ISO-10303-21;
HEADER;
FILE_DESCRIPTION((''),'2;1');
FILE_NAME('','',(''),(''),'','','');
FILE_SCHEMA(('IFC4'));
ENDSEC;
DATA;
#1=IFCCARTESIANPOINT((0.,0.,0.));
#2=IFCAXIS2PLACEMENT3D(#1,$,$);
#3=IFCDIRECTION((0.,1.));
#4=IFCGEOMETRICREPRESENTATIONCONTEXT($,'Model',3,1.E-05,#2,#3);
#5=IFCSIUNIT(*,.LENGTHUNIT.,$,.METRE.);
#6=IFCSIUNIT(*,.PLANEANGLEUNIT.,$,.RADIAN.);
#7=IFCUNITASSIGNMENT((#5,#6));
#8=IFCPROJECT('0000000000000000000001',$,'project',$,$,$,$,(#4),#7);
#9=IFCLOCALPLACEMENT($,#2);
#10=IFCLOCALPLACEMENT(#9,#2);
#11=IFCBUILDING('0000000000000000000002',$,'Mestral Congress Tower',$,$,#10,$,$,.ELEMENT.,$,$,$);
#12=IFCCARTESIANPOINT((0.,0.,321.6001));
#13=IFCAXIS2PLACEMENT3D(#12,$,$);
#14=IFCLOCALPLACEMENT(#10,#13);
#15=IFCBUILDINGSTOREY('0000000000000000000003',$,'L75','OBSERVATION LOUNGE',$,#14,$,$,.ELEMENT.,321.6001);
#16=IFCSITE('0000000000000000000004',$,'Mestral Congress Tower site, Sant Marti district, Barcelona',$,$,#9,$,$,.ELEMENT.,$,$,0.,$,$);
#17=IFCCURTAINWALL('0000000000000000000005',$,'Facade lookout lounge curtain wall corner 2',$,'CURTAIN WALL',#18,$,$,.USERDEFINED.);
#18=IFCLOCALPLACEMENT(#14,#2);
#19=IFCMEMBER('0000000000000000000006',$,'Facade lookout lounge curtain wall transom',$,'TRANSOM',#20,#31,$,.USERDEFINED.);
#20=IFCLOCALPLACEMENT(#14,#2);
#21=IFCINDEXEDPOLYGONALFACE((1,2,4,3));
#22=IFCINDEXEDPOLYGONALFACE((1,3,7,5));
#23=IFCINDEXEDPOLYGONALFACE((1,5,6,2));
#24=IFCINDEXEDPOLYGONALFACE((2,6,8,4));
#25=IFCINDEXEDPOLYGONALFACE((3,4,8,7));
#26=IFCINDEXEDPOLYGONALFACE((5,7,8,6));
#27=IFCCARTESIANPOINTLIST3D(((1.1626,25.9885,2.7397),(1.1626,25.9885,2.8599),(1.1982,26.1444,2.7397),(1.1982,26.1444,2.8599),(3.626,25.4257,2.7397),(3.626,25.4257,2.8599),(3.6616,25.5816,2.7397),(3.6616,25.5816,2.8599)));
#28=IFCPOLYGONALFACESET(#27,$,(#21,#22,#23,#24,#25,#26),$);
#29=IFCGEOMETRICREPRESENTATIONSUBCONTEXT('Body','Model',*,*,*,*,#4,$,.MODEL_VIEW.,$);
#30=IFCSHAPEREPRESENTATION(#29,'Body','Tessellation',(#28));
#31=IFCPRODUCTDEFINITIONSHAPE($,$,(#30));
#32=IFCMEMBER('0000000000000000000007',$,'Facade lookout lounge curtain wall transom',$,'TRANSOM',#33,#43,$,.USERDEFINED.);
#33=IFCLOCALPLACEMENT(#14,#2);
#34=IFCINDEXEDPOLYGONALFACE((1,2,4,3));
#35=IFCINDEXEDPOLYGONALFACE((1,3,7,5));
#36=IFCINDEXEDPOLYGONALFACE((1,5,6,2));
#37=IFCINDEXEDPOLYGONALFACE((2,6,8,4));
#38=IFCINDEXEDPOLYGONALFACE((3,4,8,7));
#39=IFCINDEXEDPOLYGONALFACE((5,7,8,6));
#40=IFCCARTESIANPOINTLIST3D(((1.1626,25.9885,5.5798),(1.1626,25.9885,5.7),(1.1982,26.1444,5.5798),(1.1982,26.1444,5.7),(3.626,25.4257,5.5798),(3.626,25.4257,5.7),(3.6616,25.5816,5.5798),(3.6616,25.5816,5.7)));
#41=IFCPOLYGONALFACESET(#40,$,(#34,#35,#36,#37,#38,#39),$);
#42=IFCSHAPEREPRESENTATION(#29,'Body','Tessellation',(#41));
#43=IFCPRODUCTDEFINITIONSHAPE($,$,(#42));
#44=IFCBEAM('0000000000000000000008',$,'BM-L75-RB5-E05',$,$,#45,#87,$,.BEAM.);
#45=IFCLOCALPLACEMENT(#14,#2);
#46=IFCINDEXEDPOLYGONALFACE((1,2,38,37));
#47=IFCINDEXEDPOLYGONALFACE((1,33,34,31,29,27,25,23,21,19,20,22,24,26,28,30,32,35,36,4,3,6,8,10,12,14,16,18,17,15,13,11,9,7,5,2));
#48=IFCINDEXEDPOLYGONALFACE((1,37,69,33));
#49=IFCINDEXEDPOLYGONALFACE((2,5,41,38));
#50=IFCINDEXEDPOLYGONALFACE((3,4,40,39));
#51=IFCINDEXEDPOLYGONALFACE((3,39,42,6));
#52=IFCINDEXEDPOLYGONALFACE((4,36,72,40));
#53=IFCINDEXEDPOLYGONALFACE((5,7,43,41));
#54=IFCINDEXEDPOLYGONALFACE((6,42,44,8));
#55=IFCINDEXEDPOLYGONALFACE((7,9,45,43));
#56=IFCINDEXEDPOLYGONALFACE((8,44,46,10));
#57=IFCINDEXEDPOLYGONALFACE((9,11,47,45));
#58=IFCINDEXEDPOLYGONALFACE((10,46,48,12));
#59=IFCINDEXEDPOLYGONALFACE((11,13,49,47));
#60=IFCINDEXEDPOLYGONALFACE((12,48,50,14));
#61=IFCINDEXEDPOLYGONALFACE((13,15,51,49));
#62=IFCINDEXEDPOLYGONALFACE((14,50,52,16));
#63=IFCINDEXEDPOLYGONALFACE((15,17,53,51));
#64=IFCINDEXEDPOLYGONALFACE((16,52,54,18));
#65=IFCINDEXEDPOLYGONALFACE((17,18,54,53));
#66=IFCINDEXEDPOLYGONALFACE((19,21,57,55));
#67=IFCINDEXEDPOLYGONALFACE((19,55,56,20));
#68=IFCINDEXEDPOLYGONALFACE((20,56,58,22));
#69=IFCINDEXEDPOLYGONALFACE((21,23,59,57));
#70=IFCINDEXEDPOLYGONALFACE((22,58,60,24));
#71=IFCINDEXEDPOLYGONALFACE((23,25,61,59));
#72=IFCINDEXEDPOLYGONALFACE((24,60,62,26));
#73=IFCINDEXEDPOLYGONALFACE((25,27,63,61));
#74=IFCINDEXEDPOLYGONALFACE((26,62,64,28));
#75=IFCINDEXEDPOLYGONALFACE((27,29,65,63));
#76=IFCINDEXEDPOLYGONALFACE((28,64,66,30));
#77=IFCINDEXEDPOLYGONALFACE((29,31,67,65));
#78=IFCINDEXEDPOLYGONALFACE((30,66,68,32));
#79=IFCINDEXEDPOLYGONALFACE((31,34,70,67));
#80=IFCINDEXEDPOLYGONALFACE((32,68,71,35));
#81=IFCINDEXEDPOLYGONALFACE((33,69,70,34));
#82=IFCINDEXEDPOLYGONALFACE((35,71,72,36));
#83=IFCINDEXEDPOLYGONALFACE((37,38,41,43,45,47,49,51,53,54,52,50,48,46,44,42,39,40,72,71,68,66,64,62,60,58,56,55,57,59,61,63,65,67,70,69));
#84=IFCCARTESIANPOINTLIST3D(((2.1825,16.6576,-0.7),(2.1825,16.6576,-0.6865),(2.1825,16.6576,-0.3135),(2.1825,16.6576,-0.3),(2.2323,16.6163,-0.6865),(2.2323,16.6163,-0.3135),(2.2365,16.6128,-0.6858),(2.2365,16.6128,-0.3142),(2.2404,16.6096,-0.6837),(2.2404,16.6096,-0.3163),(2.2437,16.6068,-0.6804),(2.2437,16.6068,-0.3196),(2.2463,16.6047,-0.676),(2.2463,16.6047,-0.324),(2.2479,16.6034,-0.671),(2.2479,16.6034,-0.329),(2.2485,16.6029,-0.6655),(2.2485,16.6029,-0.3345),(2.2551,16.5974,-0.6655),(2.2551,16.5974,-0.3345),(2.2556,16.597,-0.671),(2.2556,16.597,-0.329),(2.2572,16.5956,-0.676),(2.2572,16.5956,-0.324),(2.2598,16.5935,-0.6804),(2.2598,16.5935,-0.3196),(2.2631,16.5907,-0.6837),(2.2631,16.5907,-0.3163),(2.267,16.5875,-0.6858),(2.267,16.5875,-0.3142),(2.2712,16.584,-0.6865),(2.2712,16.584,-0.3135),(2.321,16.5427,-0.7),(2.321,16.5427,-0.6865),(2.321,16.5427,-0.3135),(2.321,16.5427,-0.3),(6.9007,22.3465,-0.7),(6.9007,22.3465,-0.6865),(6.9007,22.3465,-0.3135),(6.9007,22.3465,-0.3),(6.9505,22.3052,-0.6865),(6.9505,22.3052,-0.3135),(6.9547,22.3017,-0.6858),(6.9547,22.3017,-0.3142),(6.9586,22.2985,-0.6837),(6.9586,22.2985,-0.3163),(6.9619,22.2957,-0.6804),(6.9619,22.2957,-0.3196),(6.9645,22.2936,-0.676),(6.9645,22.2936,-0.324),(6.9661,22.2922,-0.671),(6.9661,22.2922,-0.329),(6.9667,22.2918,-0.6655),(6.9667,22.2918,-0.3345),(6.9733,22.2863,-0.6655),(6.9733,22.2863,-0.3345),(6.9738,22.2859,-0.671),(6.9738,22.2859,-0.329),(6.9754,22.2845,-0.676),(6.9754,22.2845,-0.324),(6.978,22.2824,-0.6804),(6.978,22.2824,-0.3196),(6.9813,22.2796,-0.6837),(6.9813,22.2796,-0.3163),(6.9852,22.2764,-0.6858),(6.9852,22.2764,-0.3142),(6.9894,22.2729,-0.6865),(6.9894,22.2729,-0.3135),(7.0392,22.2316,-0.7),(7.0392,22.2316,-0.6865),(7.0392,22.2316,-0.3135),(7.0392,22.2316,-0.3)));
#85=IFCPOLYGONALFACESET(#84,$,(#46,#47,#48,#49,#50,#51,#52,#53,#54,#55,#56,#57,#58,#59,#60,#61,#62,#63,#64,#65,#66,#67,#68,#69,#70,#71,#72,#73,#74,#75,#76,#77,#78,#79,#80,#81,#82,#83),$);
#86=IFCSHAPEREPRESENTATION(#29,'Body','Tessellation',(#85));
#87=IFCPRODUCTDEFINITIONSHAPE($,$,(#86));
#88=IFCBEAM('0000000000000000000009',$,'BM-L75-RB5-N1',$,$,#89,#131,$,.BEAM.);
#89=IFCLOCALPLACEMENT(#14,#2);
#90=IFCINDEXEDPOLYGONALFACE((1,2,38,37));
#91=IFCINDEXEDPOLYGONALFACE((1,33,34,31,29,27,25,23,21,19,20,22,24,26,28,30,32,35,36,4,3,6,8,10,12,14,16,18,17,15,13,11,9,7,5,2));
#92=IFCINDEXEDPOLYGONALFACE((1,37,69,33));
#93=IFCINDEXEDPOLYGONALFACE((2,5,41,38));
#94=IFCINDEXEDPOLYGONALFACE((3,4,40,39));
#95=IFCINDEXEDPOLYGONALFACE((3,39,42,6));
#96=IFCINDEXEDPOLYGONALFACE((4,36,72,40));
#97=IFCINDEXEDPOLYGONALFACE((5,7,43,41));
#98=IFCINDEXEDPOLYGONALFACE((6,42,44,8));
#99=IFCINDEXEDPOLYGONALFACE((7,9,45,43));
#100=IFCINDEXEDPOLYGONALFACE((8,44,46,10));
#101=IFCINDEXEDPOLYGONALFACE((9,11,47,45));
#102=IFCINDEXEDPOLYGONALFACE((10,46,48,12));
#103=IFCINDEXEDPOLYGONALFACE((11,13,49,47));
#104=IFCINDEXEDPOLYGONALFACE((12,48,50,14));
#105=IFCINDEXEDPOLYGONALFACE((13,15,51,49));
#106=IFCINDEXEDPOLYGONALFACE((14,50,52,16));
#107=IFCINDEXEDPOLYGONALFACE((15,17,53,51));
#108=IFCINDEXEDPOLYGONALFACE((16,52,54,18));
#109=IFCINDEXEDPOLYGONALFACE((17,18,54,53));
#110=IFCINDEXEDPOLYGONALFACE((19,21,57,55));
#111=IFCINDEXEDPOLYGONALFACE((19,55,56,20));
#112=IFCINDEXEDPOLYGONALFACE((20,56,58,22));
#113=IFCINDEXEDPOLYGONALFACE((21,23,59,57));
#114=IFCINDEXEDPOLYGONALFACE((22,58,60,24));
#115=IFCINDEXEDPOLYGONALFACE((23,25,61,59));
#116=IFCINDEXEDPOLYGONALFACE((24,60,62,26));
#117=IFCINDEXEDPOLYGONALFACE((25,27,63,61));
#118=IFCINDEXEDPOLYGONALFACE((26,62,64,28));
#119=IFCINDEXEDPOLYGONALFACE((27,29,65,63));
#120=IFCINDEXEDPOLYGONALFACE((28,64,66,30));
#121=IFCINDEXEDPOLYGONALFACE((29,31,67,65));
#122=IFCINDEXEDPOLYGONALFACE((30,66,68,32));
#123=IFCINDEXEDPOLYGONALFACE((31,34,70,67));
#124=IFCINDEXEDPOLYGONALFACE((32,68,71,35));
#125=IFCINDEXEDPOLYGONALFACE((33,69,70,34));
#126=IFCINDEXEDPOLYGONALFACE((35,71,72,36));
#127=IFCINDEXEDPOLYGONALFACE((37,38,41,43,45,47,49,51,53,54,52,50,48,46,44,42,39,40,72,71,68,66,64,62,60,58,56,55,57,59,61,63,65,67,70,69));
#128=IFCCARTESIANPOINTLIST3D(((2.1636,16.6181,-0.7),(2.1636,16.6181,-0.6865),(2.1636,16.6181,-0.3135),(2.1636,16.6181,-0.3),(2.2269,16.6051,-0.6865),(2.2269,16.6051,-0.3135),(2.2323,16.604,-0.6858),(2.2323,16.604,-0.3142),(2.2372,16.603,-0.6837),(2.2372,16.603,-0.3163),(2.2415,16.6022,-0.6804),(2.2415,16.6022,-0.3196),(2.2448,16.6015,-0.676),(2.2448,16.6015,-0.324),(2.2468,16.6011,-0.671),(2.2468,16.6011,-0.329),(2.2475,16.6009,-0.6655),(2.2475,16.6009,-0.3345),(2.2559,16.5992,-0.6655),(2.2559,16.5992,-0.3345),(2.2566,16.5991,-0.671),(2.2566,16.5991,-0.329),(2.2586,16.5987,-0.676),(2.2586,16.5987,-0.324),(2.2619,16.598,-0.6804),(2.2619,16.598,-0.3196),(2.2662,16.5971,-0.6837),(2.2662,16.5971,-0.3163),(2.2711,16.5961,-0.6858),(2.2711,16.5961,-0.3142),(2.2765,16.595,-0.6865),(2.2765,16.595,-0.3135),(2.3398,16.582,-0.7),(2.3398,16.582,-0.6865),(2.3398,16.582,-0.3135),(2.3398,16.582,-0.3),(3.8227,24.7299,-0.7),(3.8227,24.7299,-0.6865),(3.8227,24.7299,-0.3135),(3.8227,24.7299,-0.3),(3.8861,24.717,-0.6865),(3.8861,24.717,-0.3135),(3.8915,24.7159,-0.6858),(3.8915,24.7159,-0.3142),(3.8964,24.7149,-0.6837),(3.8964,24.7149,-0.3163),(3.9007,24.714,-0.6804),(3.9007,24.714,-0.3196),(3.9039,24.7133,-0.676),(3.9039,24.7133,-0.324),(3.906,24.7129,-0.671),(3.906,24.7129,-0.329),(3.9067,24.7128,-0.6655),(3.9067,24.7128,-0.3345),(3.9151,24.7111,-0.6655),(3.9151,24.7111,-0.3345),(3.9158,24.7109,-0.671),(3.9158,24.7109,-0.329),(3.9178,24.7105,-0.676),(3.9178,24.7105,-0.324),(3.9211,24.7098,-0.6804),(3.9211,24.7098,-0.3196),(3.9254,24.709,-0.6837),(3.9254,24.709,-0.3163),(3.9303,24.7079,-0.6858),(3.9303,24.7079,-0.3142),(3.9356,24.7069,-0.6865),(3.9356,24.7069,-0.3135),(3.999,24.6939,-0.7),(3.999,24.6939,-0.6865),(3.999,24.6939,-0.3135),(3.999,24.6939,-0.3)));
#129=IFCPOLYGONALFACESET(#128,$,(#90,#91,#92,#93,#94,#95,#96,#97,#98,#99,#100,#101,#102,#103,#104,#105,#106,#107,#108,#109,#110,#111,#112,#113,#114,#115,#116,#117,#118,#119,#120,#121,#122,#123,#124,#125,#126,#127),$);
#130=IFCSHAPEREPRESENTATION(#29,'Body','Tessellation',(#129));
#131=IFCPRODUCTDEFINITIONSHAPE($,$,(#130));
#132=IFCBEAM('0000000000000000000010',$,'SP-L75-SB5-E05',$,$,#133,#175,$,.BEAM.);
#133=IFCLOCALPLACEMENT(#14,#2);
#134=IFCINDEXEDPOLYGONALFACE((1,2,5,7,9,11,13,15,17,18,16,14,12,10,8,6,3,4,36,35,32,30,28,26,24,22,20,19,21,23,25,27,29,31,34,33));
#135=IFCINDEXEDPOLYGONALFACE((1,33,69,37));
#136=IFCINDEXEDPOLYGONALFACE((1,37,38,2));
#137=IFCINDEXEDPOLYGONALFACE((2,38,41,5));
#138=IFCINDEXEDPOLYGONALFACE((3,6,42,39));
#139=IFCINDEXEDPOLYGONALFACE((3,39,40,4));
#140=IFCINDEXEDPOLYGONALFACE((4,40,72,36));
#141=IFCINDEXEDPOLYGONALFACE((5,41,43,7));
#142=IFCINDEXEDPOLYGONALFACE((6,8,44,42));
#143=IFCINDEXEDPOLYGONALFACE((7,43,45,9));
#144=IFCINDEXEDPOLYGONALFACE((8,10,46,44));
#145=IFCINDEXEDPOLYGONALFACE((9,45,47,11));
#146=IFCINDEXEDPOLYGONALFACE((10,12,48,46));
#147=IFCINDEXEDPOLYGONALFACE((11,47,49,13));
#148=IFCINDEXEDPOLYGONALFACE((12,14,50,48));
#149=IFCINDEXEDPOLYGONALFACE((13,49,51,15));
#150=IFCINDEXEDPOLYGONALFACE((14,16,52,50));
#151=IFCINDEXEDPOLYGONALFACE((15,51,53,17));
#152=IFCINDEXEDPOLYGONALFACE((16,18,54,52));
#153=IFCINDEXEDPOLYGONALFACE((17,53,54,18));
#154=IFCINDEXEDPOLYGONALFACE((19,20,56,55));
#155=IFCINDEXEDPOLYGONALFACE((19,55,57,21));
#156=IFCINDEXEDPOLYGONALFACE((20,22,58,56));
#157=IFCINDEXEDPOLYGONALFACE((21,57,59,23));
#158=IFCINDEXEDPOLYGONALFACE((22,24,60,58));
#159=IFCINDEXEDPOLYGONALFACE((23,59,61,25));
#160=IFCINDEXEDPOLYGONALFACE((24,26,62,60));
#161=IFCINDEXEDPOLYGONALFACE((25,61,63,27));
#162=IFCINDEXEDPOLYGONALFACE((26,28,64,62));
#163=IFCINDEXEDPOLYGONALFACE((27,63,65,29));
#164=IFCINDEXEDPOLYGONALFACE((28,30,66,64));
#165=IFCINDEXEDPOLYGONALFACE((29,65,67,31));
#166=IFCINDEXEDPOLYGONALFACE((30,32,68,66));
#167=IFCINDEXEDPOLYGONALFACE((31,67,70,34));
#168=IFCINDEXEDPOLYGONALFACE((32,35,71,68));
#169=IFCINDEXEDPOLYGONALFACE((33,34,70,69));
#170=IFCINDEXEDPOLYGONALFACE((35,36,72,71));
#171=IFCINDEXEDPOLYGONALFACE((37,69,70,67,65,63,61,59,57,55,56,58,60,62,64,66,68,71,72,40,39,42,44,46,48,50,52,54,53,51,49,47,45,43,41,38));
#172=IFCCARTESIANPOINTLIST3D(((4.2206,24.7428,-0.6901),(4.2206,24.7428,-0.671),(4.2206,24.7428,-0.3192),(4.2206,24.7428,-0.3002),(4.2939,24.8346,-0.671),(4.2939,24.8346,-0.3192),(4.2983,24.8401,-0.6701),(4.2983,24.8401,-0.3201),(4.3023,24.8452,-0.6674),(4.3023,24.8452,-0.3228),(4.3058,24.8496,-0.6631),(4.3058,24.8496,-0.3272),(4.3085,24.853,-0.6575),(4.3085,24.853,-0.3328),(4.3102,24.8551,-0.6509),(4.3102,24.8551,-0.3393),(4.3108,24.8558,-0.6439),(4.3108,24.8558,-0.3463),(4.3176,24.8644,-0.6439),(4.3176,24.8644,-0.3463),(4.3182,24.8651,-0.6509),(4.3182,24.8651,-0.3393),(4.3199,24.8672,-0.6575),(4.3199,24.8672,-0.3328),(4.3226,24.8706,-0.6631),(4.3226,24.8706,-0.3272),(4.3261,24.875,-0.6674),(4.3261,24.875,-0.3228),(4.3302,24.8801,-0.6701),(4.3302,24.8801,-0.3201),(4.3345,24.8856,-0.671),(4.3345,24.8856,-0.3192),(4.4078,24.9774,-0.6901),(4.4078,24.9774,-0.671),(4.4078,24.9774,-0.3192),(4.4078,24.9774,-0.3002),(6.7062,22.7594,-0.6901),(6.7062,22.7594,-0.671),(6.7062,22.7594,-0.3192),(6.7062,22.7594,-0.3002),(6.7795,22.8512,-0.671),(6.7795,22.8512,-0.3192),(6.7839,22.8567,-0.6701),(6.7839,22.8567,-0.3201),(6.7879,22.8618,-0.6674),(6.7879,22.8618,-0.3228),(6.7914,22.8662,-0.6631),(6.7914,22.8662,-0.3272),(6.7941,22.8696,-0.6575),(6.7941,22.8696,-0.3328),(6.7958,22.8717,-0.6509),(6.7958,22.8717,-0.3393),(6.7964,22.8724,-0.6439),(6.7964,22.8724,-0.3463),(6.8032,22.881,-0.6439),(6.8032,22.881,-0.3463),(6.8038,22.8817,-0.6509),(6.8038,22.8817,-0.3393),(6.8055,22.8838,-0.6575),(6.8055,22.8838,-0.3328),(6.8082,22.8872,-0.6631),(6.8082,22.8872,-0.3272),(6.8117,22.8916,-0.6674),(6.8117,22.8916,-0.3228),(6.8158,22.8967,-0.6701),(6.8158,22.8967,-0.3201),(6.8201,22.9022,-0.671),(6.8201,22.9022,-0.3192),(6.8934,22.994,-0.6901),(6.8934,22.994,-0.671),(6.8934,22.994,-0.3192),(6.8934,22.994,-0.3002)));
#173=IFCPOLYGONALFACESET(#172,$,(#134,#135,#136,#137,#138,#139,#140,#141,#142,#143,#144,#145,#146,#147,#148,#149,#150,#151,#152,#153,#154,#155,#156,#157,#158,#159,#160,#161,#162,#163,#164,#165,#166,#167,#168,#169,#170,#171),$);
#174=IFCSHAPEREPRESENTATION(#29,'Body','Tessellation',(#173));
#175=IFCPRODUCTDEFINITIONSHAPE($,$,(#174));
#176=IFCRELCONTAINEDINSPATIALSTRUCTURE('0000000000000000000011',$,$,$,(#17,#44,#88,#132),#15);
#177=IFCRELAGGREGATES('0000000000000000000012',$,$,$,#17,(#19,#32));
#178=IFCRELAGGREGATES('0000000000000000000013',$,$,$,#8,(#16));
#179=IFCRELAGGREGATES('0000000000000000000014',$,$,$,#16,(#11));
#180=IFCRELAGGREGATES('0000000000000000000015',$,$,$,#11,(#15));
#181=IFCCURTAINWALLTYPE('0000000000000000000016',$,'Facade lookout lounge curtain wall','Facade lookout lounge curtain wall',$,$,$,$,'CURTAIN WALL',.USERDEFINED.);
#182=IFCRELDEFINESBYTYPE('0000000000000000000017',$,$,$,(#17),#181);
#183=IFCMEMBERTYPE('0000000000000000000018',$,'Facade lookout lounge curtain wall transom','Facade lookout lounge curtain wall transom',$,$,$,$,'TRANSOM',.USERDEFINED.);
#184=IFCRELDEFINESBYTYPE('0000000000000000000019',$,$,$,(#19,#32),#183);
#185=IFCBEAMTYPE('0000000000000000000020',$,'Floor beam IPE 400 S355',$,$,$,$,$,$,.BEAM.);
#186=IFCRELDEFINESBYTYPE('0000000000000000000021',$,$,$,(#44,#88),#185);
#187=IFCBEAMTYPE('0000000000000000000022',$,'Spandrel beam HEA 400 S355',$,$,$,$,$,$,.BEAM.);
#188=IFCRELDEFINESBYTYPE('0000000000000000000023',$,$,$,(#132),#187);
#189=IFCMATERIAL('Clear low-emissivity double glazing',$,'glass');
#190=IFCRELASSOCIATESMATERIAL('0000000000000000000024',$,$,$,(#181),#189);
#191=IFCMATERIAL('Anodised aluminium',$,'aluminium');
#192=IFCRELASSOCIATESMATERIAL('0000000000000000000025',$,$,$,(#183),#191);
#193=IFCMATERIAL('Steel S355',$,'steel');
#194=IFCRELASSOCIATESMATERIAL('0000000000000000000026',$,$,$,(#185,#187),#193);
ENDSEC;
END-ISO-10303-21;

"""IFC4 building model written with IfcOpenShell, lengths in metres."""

from ifc_helpers import new_model, si_unit, direction, frame, origin, origin_2d, place, context, subcontext, project, spatial, rectangle, i_section, extrude, material, material_profile, profile_set, type_object, element, aggregate, save


model = new_model("IFC4")

# Units and contexts
model_context = context("Model", 3, precision=1e-05, world=origin(), true_north=direction((0.0, 1.0)))
body_context = subcontext(model_context, "Body", "Model", "MODEL_VIEW")
ifc_project = project(units=[si_unit("LENGTHUNIT", "METRE"), si_unit("PLANEANGLEUNIT", "RADIAN")], contexts=[model_context])

# Site, building, storey
site_placement = place(None, origin())
site = spatial("IfcSite", under=ifc_project, at=site_placement, Name="Mestral Congress Tower site, Sant Marti district, Barcelona", CompositionType="ELEMENT", RefElevation=0.0)
building_placement = place(site_placement, origin())
building = spatial("IfcBuilding", under=site, at=building_placement, Name="Mestral Congress Tower", CompositionType="ELEMENT")
storey_placement = place(building_placement, frame((0.0, 0.0, 321.6001)))
storey = spatial("IfcBuildingStorey", under=building, at=storey_placement, Name="L75", Description="OBSERVATION LOUNGE", CompositionType="ELEMENT", Elevation=321.6001)

# Curtain wall
ifc_material_1 = material(Name="Clear low-emissivity double glazing", Category="glass")
curtain_wall_type = type_object("IfcCurtainWallType", Name="Facade lookout lounge curtain wall", Description="Facade lookout lounge curtain wall", ElementType="CURTAIN WALL", PredefinedType="USERDEFINED", material=ifc_material_1)
placement = place(storey_placement, origin())
ifc_material_2 = material(Name="Anodised aluminium", Category="aluminium")
curtain_wall_1 = element("IfcCurtainWall", 1, at=placement, inside=storey, type_object=curtain_wall_type, Name="Facade lookout lounge curtain wall corner 2", ObjectType="CURTAIN WALL", PredefinedType="USERDEFINED")

# Members
ifc_material_profile_1 = material_profile(ifc_material_2, rectangle(XDim=0.1599, YDim=0.1201, at=origin_2d()), Name="CW2 transom 160 x 120")
ifc_profile_set_1 = profile_set([ifc_material_profile_1], Name="Anodised aluminium")
member_type_1 = type_object("IfcMemberType", Name="Facade lookout lounge curtain wall transom", Description="Facade lookout lounge curtain wall transom", ElementType="TRANSOM", PredefinedType="USERDEFINED", material=ifc_profile_set_1)
member_1_placement = place(storey_placement, frame((3.6438, 25.5037, 2.7998), z_axis=(-0.974885, 0.222707, 0.0), x_axis=(-0.222707, -0.974885, 0.0)))
member_1 = element("IfcMember", 2, at=member_1_placement, type_object=member_type_1, Name="Facade lookout lounge curtain wall transom", ObjectType="TRANSOM", PredefinedType="USERDEFINED", context=body_context, shape_type="SweptSolid", body=[
    extrude(rectangle(XDim=0.1599, YDim=0.1201, at=origin_2d()), origin(), (0.0, 0.0, 1.0), 2.5269),
])
member_2_placement = place(storey_placement, frame((3.6438, 25.5037, 5.6399), z_axis=(-0.974885, 0.222707, 0.0), x_axis=(-0.222707, -0.974885, 0.0)))
member_2 = element("IfcMember", 3, at=member_2_placement, type_object=member_type_1, Name="Facade lookout lounge curtain wall transom", ObjectType="TRANSOM", PredefinedType="USERDEFINED", context=body_context, shape_type="SweptSolid", body=[
    extrude(rectangle(XDim=0.1599, YDim=0.1201, at=origin_2d()), origin(), (0.0, 0.0, 1.0), 2.5269),
])

# Beams
ifc_material_3 = material(Name="Steel S355", Category="steel")
ifc_material_profile_2 = material_profile(ifc_material_3, i_section(OverallWidth=0.1799, OverallDepth=0.3999, WebThickness=0.0085, FlangeThickness=0.0134, FilletRadius=0.021, at=origin_2d()), Name="IPE 400")
ifc_profile_set_2 = profile_set([ifc_material_profile_2], Name="Steel S355")
beam_type_1 = type_object("IfcBeamType", Name="Floor beam IPE 400 S355", PredefinedType="BEAM", material=ifc_profile_set_2)
beam_1_placement = place(storey_placement, frame((6.97, 22.2891, -0.5), z_axis=(-0.638383, -0.769719, 0.0), x_axis=(0.769719, -0.638383, 0.0)))
element("IfcBeam", 4, at=beam_1_placement, inside=storey, type_object=beam_type_1, Name="BM-L75-RB5-E05", PredefinedType="BEAM", context=body_context, shape_type="SweptSolid", body=[
    extrude(i_section(OverallWidth=0.1799, OverallDepth=0.3999, WebThickness=0.0085, FlangeThickness=0.0134, FilletRadius=0.021, at=origin_2d()), origin(), (0.0, 0.0, 1.0), 7.3909),
])
beam_2_placement = place(storey_placement, frame((3.9109, 24.7119, -0.5), z_axis=(-0.20039, -0.979716, 0.0), x_axis=(0.979716, -0.20039, 0.0)))
element("IfcBeam", 5, at=beam_2_placement, inside=storey, type_object=beam_type_1, Name="BM-L75-RB5-N1", PredefinedType="BEAM", context=body_context, shape_type="SweptSolid", body=[
    extrude(i_section(OverallWidth=0.1799, OverallDepth=0.3999, WebThickness=0.0085, FlangeThickness=0.0134, FilletRadius=0.021, at=origin_2d()), origin(), (0.0, 0.0, 1.0), 8.2798),
])
ifc_material_profile_3 = material_profile(ifc_material_3, i_section(OverallWidth=0.3, OverallDepth=0.3899, WebThickness=0.011, FlangeThickness=0.019, FilletRadius=0.0271, at=origin_2d()), Name="HEA 400")
ifc_profile_set_3 = profile_set([ifc_material_profile_3], Name="Steel S355")
beam_type_2 = type_object("IfcBeamType", Name="Spandrel beam HEA 400 S355", PredefinedType="BEAM", material=ifc_profile_set_3)
beam_3_placement = place(storey_placement, frame((6.7998, 22.8767, -0.4951), z_axis=(-0.781647, 0.623721, 0.0), x_axis=(-0.623721, -0.781647, 0.0)))
element("IfcBeam", 6, at=beam_3_placement, inside=storey, type_object=beam_type_2, Name="SP-L75-SB5-E05", PredefinedType="BEAM", context=body_context, shape_type="SweptSolid", body=[
    extrude(i_section(OverallWidth=0.3, OverallDepth=0.3899, WebThickness=0.011, FlangeThickness=0.019, FilletRadius=0.0271, at=origin_2d()), origin(), (0.0, 0.0, 1.0), 3.1799),
])

aggregate(curtain_wall_1, [member_1, member_2])

save(model, "model.ifc")
